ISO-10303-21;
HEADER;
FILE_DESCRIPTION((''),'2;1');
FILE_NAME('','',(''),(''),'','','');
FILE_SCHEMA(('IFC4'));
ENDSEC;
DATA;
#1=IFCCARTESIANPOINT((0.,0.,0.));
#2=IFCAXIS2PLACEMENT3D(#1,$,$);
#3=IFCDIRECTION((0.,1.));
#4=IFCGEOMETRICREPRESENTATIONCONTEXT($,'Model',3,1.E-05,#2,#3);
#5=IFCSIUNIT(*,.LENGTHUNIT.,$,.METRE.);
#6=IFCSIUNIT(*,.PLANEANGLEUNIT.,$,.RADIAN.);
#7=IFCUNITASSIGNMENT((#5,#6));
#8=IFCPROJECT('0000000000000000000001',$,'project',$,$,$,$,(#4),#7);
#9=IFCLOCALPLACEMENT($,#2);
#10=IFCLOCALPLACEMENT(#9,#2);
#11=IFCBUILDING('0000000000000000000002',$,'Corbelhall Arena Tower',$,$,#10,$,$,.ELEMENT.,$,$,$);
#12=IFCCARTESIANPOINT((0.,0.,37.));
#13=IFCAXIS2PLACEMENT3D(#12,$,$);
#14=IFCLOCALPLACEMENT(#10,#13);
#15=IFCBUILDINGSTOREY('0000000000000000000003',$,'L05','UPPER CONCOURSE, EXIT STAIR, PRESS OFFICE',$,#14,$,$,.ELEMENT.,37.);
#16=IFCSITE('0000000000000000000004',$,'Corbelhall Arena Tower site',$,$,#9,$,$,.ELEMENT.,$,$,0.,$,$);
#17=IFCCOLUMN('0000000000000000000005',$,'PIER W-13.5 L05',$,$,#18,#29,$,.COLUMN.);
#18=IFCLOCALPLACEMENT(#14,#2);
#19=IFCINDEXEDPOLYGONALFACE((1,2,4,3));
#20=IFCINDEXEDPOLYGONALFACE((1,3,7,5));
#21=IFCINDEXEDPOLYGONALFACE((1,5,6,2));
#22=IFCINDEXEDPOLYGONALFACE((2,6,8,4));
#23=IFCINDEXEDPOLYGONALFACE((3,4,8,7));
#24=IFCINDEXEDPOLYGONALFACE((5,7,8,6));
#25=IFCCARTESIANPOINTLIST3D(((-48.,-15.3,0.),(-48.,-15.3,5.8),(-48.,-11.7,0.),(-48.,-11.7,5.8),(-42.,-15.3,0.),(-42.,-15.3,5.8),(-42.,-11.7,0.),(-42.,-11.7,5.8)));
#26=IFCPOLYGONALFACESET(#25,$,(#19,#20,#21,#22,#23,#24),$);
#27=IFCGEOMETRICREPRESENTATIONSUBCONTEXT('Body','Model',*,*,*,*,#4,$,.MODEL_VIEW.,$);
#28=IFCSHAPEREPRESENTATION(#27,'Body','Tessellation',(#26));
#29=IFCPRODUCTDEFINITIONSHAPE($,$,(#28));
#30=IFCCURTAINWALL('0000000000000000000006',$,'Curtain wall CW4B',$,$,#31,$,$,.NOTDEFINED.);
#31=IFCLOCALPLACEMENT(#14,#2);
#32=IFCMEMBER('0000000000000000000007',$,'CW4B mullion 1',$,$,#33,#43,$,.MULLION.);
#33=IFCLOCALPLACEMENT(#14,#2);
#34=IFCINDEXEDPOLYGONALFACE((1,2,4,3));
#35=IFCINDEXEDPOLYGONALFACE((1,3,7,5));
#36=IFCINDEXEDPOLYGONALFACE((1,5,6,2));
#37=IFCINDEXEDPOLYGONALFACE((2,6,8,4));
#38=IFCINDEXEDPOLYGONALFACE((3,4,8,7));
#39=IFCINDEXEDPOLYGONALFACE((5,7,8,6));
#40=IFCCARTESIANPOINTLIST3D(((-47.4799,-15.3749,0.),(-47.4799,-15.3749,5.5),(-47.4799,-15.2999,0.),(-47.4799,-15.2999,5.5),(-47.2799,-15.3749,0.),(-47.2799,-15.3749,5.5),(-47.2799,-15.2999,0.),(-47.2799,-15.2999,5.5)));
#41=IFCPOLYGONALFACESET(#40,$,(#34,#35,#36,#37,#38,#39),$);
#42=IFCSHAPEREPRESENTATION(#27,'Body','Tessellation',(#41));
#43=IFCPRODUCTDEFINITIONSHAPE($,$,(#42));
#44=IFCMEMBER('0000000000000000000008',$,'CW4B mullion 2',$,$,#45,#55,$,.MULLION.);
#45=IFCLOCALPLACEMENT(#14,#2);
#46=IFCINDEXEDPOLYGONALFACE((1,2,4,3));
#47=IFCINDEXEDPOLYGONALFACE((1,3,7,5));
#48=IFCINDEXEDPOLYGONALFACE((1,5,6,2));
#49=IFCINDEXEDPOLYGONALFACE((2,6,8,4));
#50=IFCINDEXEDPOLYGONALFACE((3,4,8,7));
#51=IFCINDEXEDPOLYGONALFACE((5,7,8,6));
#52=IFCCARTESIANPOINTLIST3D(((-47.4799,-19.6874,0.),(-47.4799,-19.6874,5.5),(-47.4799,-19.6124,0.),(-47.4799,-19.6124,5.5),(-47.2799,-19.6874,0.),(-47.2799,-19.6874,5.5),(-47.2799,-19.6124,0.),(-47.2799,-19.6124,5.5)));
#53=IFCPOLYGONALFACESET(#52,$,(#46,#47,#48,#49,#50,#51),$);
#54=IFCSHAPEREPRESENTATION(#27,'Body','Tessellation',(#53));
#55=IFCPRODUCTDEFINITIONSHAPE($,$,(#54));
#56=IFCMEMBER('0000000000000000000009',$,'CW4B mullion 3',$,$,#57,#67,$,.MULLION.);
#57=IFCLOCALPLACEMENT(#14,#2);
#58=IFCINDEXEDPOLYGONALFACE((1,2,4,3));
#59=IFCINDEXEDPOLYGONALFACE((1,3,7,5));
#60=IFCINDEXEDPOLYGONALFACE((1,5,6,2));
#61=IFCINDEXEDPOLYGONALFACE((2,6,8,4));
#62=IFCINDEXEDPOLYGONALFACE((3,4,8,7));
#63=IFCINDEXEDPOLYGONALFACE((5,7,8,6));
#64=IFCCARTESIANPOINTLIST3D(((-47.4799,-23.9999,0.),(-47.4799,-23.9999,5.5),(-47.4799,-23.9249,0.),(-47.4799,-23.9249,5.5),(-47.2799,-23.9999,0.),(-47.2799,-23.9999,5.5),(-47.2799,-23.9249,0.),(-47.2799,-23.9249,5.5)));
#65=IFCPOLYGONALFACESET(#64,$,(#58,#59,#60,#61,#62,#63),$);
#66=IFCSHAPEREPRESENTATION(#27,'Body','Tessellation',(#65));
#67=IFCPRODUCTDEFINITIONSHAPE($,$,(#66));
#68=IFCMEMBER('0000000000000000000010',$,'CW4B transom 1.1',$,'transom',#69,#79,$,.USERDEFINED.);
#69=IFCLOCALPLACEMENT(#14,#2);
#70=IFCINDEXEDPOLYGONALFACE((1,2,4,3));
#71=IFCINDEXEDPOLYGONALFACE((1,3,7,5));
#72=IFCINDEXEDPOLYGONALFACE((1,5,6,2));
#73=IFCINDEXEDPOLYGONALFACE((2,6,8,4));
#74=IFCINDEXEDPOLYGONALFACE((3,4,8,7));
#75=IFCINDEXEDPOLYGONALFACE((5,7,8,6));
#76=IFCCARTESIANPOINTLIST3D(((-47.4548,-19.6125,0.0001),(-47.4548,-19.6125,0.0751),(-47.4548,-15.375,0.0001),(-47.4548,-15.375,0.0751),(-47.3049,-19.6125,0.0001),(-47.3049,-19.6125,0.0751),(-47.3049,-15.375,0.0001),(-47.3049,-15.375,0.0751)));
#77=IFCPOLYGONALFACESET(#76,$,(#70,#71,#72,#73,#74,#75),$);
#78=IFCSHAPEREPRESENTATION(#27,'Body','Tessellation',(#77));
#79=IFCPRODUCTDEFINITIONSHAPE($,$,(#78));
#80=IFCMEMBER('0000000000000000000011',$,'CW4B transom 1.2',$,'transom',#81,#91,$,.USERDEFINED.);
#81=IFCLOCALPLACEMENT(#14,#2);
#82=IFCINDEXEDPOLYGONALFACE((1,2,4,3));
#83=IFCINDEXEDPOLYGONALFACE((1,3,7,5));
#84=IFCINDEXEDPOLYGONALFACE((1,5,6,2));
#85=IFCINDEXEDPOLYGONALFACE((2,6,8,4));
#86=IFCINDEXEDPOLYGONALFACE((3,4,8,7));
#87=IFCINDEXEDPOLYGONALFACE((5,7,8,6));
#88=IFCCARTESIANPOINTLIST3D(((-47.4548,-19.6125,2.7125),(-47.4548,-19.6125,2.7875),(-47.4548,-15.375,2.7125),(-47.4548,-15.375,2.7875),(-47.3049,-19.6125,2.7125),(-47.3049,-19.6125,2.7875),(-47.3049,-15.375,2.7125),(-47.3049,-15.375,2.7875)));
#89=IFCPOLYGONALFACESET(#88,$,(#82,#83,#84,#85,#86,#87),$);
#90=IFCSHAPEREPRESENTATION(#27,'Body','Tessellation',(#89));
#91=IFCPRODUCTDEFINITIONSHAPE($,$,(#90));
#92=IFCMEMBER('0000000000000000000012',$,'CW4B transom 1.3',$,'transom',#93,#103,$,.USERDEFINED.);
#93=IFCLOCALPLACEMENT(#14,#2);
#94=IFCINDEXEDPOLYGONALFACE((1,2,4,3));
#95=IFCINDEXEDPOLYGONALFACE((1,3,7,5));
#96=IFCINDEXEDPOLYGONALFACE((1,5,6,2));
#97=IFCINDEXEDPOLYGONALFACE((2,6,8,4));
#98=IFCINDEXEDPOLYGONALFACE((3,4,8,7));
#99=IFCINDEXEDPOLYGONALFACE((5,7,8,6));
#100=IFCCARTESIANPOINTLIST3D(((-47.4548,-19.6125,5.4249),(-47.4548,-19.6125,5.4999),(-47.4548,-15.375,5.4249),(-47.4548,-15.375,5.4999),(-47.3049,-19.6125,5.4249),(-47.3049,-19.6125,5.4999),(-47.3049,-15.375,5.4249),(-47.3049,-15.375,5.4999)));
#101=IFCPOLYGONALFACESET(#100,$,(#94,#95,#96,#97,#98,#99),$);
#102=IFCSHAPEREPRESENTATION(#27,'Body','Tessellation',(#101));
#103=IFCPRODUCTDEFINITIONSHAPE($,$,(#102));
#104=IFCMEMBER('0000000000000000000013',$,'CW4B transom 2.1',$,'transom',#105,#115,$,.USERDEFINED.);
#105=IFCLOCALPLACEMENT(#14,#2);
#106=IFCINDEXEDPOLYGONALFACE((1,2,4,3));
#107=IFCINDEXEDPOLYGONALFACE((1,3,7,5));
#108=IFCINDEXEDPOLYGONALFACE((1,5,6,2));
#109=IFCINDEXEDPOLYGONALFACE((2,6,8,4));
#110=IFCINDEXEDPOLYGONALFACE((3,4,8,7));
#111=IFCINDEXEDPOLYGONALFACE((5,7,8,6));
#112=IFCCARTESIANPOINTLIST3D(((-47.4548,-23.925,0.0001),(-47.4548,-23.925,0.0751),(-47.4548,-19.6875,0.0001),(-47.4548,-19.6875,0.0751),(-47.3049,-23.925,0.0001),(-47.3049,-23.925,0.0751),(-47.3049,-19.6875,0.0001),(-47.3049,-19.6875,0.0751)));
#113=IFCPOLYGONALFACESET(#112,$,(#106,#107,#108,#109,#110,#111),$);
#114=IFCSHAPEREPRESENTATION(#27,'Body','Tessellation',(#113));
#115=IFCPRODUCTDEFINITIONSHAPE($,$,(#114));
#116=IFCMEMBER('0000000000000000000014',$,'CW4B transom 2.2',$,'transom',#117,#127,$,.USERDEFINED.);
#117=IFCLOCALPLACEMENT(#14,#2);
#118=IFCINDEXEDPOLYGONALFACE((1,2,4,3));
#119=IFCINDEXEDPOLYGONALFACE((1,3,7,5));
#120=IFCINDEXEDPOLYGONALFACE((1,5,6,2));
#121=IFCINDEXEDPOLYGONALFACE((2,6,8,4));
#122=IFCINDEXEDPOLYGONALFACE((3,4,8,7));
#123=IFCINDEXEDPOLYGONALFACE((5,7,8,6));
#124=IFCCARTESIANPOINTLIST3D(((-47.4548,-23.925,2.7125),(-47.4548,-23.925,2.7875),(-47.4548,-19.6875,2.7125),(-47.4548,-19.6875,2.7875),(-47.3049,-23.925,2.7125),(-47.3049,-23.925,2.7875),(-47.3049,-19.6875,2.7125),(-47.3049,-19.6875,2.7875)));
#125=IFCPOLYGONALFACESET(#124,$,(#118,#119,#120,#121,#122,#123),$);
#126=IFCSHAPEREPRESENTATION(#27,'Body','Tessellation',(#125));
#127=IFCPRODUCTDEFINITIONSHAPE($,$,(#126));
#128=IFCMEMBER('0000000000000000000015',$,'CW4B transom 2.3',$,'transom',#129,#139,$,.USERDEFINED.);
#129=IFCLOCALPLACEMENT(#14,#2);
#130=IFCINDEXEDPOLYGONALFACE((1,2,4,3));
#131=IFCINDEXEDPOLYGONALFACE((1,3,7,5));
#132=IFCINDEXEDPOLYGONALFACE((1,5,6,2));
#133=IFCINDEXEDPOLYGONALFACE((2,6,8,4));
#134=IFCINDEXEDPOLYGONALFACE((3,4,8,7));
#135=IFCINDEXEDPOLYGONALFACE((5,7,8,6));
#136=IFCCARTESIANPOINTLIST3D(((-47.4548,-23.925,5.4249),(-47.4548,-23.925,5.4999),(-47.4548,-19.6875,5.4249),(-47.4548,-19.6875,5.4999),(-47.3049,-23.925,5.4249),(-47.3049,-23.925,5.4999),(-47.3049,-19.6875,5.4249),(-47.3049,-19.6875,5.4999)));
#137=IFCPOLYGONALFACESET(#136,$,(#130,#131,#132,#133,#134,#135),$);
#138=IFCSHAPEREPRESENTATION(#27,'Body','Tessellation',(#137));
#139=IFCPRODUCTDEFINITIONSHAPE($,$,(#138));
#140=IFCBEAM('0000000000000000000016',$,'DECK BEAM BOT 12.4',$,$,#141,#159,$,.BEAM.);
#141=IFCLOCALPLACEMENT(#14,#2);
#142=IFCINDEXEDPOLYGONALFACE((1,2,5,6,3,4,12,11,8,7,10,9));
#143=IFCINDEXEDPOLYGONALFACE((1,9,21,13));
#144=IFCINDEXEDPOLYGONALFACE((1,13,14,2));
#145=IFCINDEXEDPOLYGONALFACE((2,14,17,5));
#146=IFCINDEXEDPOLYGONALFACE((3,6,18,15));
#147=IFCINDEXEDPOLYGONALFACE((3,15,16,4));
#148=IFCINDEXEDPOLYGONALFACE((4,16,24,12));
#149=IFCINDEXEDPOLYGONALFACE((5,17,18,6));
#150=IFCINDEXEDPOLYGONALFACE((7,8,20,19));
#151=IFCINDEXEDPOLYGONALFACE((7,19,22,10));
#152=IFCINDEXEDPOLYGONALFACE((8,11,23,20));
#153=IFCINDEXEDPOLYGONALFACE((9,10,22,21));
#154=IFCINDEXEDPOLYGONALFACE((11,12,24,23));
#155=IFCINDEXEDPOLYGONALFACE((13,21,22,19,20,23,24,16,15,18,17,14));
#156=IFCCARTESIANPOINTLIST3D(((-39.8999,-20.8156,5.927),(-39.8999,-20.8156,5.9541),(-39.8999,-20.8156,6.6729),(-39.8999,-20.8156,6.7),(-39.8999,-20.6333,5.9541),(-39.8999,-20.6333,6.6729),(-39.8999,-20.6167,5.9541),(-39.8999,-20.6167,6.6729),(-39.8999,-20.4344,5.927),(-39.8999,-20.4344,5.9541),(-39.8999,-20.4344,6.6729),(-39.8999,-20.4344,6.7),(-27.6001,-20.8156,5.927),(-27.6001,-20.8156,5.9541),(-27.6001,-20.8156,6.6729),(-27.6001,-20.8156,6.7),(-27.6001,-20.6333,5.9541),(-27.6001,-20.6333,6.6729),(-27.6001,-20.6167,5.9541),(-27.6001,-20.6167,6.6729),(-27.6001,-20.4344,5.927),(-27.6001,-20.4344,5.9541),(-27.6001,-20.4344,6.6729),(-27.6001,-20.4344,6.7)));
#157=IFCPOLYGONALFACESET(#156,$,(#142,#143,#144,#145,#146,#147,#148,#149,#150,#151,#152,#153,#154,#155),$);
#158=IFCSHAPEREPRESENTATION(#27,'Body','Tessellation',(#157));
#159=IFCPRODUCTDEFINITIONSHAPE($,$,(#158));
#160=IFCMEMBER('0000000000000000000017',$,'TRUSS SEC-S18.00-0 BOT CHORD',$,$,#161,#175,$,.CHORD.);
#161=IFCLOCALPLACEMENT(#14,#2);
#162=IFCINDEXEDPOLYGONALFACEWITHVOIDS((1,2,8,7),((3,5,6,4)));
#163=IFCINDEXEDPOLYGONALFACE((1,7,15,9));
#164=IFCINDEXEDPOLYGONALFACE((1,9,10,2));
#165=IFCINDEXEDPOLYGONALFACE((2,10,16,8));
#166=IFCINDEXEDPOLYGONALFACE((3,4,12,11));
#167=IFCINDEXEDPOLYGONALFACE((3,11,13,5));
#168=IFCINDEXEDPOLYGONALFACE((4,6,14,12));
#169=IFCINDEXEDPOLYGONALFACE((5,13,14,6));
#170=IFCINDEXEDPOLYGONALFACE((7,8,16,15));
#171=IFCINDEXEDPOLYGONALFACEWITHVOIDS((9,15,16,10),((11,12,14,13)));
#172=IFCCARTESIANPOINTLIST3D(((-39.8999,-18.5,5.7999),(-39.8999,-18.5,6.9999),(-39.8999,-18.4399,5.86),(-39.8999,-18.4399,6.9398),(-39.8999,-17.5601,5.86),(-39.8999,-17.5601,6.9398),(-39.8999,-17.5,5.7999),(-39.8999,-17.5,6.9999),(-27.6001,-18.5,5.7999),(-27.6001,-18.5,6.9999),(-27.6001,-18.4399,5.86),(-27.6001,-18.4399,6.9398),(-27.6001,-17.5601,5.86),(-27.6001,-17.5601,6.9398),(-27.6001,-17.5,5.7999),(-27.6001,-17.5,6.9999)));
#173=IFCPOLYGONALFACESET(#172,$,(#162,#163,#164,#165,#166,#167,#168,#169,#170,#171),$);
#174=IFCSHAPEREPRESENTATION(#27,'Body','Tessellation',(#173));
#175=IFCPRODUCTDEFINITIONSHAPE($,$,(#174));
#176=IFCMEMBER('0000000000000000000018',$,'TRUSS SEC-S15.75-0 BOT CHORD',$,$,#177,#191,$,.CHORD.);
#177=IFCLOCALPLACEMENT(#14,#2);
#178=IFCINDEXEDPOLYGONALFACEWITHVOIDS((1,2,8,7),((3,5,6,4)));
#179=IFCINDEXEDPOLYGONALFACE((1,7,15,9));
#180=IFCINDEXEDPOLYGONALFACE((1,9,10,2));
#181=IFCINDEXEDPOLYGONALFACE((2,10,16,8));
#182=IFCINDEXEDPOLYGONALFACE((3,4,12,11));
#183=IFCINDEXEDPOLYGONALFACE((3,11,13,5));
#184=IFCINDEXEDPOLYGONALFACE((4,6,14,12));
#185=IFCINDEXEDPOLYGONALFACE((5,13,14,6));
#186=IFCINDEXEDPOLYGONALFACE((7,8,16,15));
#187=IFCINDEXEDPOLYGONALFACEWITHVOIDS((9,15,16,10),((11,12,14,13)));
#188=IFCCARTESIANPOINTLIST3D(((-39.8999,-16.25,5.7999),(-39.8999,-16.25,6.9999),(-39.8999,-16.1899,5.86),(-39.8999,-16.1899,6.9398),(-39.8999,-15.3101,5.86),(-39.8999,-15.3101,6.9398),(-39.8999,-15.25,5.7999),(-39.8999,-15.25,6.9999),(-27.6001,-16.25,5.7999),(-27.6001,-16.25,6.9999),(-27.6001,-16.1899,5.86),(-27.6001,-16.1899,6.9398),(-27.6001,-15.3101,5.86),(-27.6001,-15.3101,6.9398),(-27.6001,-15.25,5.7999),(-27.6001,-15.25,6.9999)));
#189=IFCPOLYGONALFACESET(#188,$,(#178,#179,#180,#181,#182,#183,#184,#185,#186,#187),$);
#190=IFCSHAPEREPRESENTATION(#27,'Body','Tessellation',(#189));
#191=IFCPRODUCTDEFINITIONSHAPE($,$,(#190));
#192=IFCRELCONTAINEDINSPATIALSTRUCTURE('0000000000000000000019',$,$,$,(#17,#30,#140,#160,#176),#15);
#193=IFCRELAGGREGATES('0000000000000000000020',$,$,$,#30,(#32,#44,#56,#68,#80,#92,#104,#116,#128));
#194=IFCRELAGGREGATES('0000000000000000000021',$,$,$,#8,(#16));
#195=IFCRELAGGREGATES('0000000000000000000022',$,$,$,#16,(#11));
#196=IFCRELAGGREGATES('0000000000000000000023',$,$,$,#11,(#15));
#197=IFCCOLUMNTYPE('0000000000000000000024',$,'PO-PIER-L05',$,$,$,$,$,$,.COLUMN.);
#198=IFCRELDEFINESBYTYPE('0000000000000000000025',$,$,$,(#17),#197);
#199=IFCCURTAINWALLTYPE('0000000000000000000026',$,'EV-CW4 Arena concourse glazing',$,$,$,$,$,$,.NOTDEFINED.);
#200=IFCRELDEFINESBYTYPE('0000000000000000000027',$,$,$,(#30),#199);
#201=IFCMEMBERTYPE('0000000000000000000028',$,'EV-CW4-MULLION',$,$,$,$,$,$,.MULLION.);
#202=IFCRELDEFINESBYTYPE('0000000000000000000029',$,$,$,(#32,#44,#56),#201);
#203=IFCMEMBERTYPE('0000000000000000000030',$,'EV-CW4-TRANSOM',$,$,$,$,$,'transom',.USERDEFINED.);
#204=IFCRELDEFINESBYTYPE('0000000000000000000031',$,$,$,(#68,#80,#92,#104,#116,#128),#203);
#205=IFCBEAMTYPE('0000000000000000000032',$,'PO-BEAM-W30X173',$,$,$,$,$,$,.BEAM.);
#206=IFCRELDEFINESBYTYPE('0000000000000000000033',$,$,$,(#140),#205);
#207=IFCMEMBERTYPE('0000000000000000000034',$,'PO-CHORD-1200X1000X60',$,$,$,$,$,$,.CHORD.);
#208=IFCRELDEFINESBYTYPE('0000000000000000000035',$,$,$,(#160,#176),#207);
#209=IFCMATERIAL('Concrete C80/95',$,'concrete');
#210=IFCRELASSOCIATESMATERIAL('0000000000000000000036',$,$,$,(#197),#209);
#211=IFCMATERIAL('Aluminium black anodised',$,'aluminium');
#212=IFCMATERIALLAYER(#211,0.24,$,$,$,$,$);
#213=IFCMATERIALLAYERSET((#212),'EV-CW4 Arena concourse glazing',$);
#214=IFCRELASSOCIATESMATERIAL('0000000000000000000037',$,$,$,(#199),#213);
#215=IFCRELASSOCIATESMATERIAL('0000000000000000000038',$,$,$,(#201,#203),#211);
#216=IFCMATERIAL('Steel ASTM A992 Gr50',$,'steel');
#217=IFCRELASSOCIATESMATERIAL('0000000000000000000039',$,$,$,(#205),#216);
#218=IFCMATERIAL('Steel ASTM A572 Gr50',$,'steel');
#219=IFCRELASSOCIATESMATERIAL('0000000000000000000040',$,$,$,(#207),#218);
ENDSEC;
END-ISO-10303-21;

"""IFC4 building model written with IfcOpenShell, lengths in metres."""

from ifc_helpers import new_model, si_unit, direction, frame, origin, origin_2d, place, context, subcontext, project, spatial, rectangle, hollow_rectangle, i_section, extrude, material, layer, layer_set, material_profile, profile_set, type_object, element, aggregate, save


model = new_model("IFC4")

# Units and contexts
model_context = context("Model", 3, precision=1e-05, world=origin(), true_north=direction((0.0, 1.0)))
body_context = subcontext(model_context, "Body", "Model", "MODEL_VIEW")
ifc_project = project(units=[si_unit("LENGTHUNIT", "METRE"), si_unit("PLANEANGLEUNIT", "RADIAN")], contexts=[model_context])

# Site, building, storey
site_placement = place(None, origin())
site = spatial("IfcSite", under=ifc_project, at=site_placement, Name="Corbelhall Arena Tower site", CompositionType="ELEMENT", RefElevation=0.0)
building_placement = place(site_placement, origin())
building = spatial("IfcBuilding", under=site, at=building_placement, Name="Corbelhall Arena Tower", CompositionType="ELEMENT")
storey_placement = place(building_placement, frame((0.0, 0.0, 37.0)))
storey = spatial("IfcBuildingStorey", under=building, at=storey_placement, Name="L05", Description="UPPER CONCOURSE, EXIT STAIR, PRESS OFFICE", CompositionType="ELEMENT", Elevation=37.0)

# Column
ifc_material_1 = material(Name="Concrete C80/95", Category="concrete")
ifc_material_profile_1 = material_profile(ifc_material_1, rectangle(XDim=3.6001, YDim=6.0, at=origin_2d()))
ifc_profile_set_1 = profile_set([ifc_material_profile_1], Name="Concrete C80/95")
column_type = type_object("IfcColumnType", Name="PO-PIER-L05", PredefinedType="COLUMN", material=ifc_profile_set_1)
column_placement = place(storey_placement, frame((-45.0, -13.5, 0.0), z_axis=(0.0, 0.0, 1.0), x_axis=(0.0, 1.0, 0.0)))
element("IfcColumn", 1, at=column_placement, inside=storey, type_object=column_type, Name="PIER W-13.5 L05", PredefinedType="COLUMN", context=body_context, shape_type="SweptSolid", body=[
    extrude(rectangle(XDim=3.6001, YDim=6.0, at=origin_2d()), origin(), (0.0, 0.0, 1.0), 5.8),
])

# Curtain wall, members
ifc_material_2 = material(Name="Aluminium black anodised", Category="aluminium")
ifc_layer_1 = layer(ifc_material_2, 0.24)
ifc_layer_set_1 = layer_set([ifc_layer_1], Name="EV-CW4 Arena concourse glazing")
curtain_wall_type = type_object("IfcCurtainWallType", Name="EV-CW4 Arena concourse glazing", PredefinedType="NOTDEFINED", material=ifc_layer_set_1)
curtain_wall_placement = place(storey_placement, origin())
curtain_wall = element("IfcCurtainWall", 2, at=curtain_wall_placement, inside=storey, type_object=curtain_wall_type, Name="Curtain wall CW4B", PredefinedType="NOTDEFINED")
ifc_material_profile_2 = material_profile(ifc_material_2, rectangle(XDim=0.2, YDim=0.075, at=origin_2d()))
ifc_profile_set_2 = profile_set([ifc_material_profile_2], Name="Aluminium black anodised")
member_type_1 = type_object("IfcMemberType", Name="EV-CW4-MULLION", PredefinedType="MULLION", material=ifc_profile_set_2)
member_1_placement = place(storey_placement, frame((-47.3799, -15.3374, 0.0), z_axis=(0.0, 0.0, 1.0), x_axis=(1.0, 0.0, 0.0)))
member_1 = element("IfcMember", 3, at=member_1_placement, type_object=member_type_1, Name="CW4B mullion 1", PredefinedType="MULLION", context=body_context, shape_type="SweptSolid", body=[
    extrude(rectangle(XDim=0.2, YDim=0.075, at=origin_2d()), origin(), (0.0, 0.0, 1.0), 5.5),
])
member_2_placement = place(storey_placement, frame((-47.3799, -19.6499, 0.0), z_axis=(0.0, 0.0, 1.0), x_axis=(1.0, 0.0, 0.0)))
member_2 = element("IfcMember", 4, at=member_2_placement, type_object=member_type_1, Name="CW4B mullion 2", PredefinedType="MULLION", context=body_context, shape_type="SweptSolid", body=[
    extrude(rectangle(XDim=0.2, YDim=0.075, at=origin_2d()), origin(), (0.0, 0.0, 1.0), 5.5),
])
member_3_placement = place(storey_placement, frame((-47.3799, -23.9624, 0.0), z_axis=(0.0, 0.0, 1.0), x_axis=(1.0, 0.0, 0.0)))
member_3 = element("IfcMember", 5, at=member_3_placement, type_object=member_type_1, Name="CW4B mullion 3", PredefinedType="MULLION", context=body_context, shape_type="SweptSolid", body=[
    extrude(rectangle(XDim=0.2, YDim=0.075, at=origin_2d()), origin(), (0.0, 0.0, 1.0), 5.5),
])
ifc_material_profile_3 = material_profile(ifc_material_2, rectangle(XDim=0.1499, YDim=0.075, at=origin_2d()))
ifc_profile_set_3 = profile_set([ifc_material_profile_3], Name="Aluminium black anodised")
member_type_2 = type_object("IfcMemberType", Name="EV-CW4-TRANSOM", ElementType="transom", PredefinedType="USERDEFINED", material=ifc_profile_set_3)
member_4_placement = place(storey_placement, frame((-47.3799, -15.375, 0.0376), z_axis=(0.0, -1.0, 0.0), x_axis=(1.0, 0.0, 0.0)))
member_4 = element("IfcMember", 6, at=member_4_placement, type_object=member_type_2, Name="CW4B transom 1.1", ObjectType="transom", PredefinedType="USERDEFINED", context=body_context, shape_type="SweptSolid", body=[
    extrude(rectangle(XDim=0.1499, YDim=0.075, at=origin_2d()), origin(), (0.0, 0.0, 1.0), 4.2375),
])
member_5_placement = place(storey_placement, frame((-47.3799, -15.375, 2.75), z_axis=(0.0, -1.0, 0.0), x_axis=(1.0, 0.0, 0.0)))
member_5 = element("IfcMember", 7, at=member_5_placement, type_object=member_type_2, Name="CW4B transom 1.2", ObjectType="transom", PredefinedType="USERDEFINED", context=body_context, shape_type="SweptSolid", body=[
    extrude(rectangle(XDim=0.1499, YDim=0.075, at=origin_2d()), origin(), (0.0, 0.0, 1.0), 4.2375),
])
member_6_placement = place(storey_placement, frame((-47.3799, -15.375, 5.4624), z_axis=(0.0, -1.0, 0.0), x_axis=(1.0, 0.0, 0.0)))
member_6 = element("IfcMember", 8, at=member_6_placement, type_object=member_type_2, Name="CW4B transom 1.3", ObjectType="transom", PredefinedType="USERDEFINED", context=body_context, shape_type="SweptSolid", body=[
    extrude(rectangle(XDim=0.1499, YDim=0.075, at=origin_2d()), origin(), (0.0, 0.0, 1.0), 4.2375),
])
member_7_placement = place(storey_placement, frame((-47.3799, -19.6875, 0.0376), z_axis=(0.0, -1.0, 0.0), x_axis=(1.0, 0.0, 0.0)))
member_7 = element("IfcMember", 9, at=member_7_placement, type_object=member_type_2, Name="CW4B transom 2.1", ObjectType="transom", PredefinedType="USERDEFINED", context=body_context, shape_type="SweptSolid", body=[
    extrude(rectangle(XDim=0.1499, YDim=0.075, at=origin_2d()), origin(), (0.0, 0.0, 1.0), 4.2375),
])
member_8_placement = place(storey_placement, frame((-47.3799, -19.6875, 2.75), z_axis=(0.0, -1.0, 0.0), x_axis=(1.0, 0.0, 0.0)))
member_8 = element("IfcMember", 10, at=member_8_placement, type_object=member_type_2, Name="CW4B transom 2.2", ObjectType="transom", PredefinedType="USERDEFINED", context=body_context, shape_type="SweptSolid", body=[
    extrude(rectangle(XDim=0.1499, YDim=0.075, at=origin_2d()), origin(), (0.0, 0.0, 1.0), 4.2375),
])
member_9_placement = place(storey_placement, frame((-47.3799, -19.6875, 5.4624), z_axis=(0.0, -1.0, 0.0), x_axis=(1.0, 0.0, 0.0)))
member_9 = element("IfcMember", 11, at=member_9_placement, type_object=member_type_2, Name="CW4B transom 2.3", ObjectType="transom", PredefinedType="USERDEFINED", context=body_context, shape_type="SweptSolid", body=[
    extrude(rectangle(XDim=0.1499, YDim=0.075, at=origin_2d()), origin(), (0.0, 0.0, 1.0), 4.2375),
])

# Beam
ifc_material_3 = material(Name="Steel ASTM A992 Gr50", Category="steel")
ifc_material_profile_4 = material_profile(ifc_material_3, i_section(OverallWidth=0.3811, OverallDepth=0.7729, WebThickness=0.0166, FlangeThickness=0.0271, at=origin_2d()))
ifc_profile_set_4 = profile_set([ifc_material_profile_4], Name="Steel ASTM A992 Gr50")
beam_type = type_object("IfcBeamType", Name="PO-BEAM-W30X173", PredefinedType="BEAM", material=ifc_profile_set_4)
beam_placement = place(storey_placement, frame((-39.8999, -20.625, 6.3135), z_axis=(1.0, 0.0, 0.0), x_axis=(0.0, 1.0, 0.0)))
element("IfcBeam", 12, at=beam_placement, inside=storey, type_object=beam_type, Name="DECK BEAM BOT 12.4", PredefinedType="BEAM", context=body_context, shape_type="SweptSolid", body=[
    extrude(i_section(OverallWidth=0.3811, OverallDepth=0.7729, WebThickness=0.0166, FlangeThickness=0.0271, at=origin_2d()), origin(), (0.0, 0.0, 1.0), 12.2998),
])

# Members
ifc_material_4 = material(Name="Steel ASTM A572 Gr50", Category="steel")
ifc_material_profile_5 = material_profile(ifc_material_4, hollow_rectangle(XDim=1.0, YDim=1.2, WallThickness=0.0601, at=origin_2d()))
ifc_profile_set_5 = profile_set([ifc_material_profile_5], Name="Steel ASTM A572 Gr50")
member_type_3 = type_object("IfcMemberType", Name="PO-CHORD-1200X1000X60", PredefinedType="CHORD", material=ifc_profile_set_5)
for number, where, z_axis, x_axis, name in (
    (13, (-39.8999, -18.0, 6.3999), (1.0, 0.0, 0.0), (0.0, 1.0, 0.0), "TRUSS SEC-S18.00-0 BOT CHORD"),
    (14, (-39.8999, -15.75, 6.3999), (1.0, 0.0, 0.0), (0.0, 1.0, 0.0), "TRUSS SEC-S15.75-0 BOT CHORD"),
):
    element("IfcMember", number, at=place(storey_placement, frame(where, z_axis=z_axis, x_axis=x_axis)), inside=storey, type_object=member_type_3, Name=name, PredefinedType="CHORD", context=body_context, shape_type="SweptSolid", body=[
        extrude(hollow_rectangle(XDim=1.0, YDim=1.2, WallThickness=0.0601, at=origin_2d()), origin(), (0.0, 0.0, 1.0), 12.2998),
    ])

aggregate(curtain_wall, [member_1, member_2, member_3, member_4, member_5, member_6, member_7, member_8, member_9])

save(model, "model.ifc")
